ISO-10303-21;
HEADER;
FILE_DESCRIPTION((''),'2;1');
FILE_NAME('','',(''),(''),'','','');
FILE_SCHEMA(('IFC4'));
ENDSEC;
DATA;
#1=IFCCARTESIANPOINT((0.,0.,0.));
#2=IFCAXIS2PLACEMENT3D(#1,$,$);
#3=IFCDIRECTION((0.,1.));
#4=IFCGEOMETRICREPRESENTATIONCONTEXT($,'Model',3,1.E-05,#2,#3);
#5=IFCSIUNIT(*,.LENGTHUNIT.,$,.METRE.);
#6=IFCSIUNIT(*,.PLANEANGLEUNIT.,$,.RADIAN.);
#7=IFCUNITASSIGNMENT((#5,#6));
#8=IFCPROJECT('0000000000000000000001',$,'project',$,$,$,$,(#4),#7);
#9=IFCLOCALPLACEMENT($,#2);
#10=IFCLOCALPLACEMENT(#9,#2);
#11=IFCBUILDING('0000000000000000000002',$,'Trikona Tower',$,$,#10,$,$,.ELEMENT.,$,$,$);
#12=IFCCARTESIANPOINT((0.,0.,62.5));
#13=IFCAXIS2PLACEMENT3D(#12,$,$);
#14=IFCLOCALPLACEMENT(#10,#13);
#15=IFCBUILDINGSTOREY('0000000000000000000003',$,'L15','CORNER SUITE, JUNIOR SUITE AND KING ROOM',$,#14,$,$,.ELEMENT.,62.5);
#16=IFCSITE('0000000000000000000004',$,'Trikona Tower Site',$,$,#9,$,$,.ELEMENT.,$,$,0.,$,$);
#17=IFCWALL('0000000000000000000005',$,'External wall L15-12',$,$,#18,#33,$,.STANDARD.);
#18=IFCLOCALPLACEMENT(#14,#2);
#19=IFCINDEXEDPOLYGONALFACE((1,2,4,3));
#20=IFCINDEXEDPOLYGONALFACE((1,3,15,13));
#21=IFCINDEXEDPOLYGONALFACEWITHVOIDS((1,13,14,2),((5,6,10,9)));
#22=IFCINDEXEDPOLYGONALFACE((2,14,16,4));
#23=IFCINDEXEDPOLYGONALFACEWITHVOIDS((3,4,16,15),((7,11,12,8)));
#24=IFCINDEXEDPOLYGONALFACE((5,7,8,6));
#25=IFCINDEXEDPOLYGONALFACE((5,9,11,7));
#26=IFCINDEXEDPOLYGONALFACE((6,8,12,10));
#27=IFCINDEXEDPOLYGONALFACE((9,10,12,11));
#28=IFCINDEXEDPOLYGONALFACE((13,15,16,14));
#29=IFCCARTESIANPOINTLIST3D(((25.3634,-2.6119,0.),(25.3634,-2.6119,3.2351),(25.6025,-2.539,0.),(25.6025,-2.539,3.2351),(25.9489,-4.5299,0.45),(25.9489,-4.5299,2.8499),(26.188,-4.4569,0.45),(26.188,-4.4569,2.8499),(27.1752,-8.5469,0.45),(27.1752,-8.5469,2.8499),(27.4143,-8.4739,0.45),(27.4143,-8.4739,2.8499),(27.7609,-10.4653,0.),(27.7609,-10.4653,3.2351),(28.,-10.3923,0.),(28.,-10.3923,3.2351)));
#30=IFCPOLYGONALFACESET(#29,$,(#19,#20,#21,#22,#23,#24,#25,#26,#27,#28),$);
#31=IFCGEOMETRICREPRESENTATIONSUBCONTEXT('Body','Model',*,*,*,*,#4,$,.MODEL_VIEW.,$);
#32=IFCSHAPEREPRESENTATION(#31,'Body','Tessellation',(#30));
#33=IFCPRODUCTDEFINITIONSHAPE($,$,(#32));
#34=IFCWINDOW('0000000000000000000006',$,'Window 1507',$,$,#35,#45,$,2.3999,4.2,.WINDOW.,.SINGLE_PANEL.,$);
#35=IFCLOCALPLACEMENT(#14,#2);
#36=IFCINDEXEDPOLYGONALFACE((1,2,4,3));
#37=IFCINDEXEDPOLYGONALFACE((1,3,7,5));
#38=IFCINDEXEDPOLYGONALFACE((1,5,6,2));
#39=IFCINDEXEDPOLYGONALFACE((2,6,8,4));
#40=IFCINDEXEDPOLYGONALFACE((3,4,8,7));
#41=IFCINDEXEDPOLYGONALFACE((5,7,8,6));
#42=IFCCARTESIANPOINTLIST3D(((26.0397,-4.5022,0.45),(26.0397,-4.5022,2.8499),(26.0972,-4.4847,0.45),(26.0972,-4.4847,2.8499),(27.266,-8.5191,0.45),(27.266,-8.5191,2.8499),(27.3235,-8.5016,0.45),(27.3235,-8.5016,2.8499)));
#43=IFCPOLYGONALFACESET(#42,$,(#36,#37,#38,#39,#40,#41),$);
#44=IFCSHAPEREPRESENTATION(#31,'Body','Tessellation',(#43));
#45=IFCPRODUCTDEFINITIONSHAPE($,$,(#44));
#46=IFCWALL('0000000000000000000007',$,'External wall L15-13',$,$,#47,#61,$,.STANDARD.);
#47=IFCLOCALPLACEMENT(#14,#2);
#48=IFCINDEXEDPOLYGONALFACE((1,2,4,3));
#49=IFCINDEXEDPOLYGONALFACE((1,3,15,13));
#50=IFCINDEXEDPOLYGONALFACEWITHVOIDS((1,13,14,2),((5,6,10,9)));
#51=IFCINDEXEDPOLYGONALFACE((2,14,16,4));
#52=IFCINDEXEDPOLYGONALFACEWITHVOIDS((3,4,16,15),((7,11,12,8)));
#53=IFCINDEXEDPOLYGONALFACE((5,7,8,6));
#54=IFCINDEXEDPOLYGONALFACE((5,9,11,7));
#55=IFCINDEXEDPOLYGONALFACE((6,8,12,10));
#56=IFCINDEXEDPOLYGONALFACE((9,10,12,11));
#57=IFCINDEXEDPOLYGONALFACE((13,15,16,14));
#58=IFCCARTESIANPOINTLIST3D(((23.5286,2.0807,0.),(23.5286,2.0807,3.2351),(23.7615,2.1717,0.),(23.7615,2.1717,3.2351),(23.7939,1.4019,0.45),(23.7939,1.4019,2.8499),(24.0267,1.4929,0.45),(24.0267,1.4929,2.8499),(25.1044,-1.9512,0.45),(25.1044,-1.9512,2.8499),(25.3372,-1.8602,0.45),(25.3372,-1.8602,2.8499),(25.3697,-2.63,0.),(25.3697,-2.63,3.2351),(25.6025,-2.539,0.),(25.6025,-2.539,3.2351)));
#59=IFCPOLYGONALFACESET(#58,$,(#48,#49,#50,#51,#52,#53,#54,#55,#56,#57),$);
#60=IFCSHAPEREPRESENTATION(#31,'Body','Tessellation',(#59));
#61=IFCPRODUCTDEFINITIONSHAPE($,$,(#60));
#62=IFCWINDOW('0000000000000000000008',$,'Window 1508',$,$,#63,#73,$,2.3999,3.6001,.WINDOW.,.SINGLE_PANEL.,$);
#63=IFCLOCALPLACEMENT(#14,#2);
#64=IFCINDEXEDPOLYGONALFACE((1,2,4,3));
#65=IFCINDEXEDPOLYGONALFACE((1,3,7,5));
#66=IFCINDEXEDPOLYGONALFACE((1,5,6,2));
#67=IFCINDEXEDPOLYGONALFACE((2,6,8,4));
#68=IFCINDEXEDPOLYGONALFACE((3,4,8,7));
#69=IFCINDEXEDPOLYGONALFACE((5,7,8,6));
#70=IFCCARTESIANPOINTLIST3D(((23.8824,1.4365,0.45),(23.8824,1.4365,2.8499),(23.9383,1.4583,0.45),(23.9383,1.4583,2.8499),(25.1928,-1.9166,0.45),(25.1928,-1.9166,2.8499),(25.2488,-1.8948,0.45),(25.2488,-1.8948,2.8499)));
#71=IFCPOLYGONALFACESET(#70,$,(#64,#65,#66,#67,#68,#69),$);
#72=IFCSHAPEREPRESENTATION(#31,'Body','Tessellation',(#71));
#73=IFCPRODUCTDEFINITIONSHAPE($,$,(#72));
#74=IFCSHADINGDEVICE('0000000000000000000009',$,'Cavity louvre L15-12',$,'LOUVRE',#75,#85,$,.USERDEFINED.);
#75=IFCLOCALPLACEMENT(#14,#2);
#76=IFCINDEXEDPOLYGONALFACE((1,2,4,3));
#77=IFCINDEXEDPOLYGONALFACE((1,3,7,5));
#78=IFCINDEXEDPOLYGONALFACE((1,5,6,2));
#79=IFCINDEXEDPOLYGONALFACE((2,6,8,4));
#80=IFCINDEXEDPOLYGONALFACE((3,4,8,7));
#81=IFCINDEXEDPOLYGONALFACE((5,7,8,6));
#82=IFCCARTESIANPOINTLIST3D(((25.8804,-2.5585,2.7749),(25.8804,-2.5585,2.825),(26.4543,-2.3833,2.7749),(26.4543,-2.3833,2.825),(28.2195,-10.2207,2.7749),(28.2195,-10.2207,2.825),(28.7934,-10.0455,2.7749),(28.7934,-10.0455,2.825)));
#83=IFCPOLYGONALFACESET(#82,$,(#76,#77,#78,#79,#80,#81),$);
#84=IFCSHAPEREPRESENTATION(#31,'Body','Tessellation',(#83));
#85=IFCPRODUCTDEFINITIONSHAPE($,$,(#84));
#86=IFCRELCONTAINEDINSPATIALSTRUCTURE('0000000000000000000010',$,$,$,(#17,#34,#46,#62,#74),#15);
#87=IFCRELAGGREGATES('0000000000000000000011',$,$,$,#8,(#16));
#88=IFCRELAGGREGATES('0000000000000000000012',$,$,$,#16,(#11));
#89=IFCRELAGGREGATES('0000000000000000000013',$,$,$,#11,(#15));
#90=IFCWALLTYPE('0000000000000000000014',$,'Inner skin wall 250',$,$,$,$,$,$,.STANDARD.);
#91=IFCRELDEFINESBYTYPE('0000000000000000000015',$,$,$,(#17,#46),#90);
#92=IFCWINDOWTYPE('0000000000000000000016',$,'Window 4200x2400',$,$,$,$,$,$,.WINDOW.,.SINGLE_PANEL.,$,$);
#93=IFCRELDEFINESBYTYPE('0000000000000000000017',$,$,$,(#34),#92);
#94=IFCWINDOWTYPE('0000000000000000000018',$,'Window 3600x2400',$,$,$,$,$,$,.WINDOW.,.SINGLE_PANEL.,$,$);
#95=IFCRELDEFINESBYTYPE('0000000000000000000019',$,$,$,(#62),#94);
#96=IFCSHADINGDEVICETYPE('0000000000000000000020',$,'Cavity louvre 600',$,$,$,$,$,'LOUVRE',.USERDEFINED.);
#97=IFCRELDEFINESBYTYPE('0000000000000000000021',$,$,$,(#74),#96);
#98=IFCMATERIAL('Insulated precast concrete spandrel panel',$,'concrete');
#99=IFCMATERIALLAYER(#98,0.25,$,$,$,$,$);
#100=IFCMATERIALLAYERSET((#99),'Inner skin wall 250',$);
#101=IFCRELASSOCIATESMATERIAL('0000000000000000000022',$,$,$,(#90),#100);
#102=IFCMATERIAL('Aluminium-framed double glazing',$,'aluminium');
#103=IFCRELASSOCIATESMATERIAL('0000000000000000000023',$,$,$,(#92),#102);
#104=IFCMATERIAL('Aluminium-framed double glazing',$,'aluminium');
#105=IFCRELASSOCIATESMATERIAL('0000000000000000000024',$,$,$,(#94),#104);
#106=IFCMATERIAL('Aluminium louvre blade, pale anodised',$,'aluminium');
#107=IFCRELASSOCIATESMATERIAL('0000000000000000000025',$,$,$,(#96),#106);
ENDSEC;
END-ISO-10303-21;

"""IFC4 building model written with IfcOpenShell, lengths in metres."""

from ifc_helpers import new_model, si_unit, direction, frame, frame_2d, origin, origin_2d, place, context, subcontext, project, spatial, rectangle, extrude, material, layer, layer_set, type_object, element, fill, save


model = new_model("IFC4")

# Units and contexts
model_context = context("Model", 3, precision=1e-05, world=origin(), true_north=direction((0.0, 1.0)))
body_context = subcontext(model_context, "Body", "Model", "MODEL_VIEW")
ifc_project = project(units=[si_unit("LENGTHUNIT", "METRE"), si_unit("PLANEANGLEUNIT", "RADIAN")], contexts=[model_context])

# Site, building, storey
site_placement = place(None, origin())
site = spatial("IfcSite", under=ifc_project, at=site_placement, Name="Trikona Tower Site", CompositionType="ELEMENT", RefElevation=0.0)
building_placement = place(site_placement, origin())
building = spatial("IfcBuilding", under=site, at=building_placement, Name="Trikona Tower", CompositionType="ELEMENT")
storey_placement = place(building_placement, frame((0.0, 0.0, 62.5)))
storey = spatial("IfcBuildingStorey", under=building, at=storey_placement, Name="L15", Description="CORNER SUITE, JUNIOR SUITE AND KING ROOM", CompositionType="ELEMENT", Elevation=62.5)

# Walls, openings, windows
ifc_material_1 = material(Name="Insulated precast concrete spandrel panel", Category="concrete")
ifc_layer_1 = layer(ifc_material_1, 0.25)
ifc_layer_set_1 = layer_set([ifc_layer_1], Name="Inner skin wall 250")
wall_type = type_object("IfcWallType", Name="Inner skin wall 250", PredefinedType="STANDARD", material=ifc_layer_set_1)
wall_1_placement = place(storey_placement, frame((27.8804, -10.4287, 0.0), z_axis=(0.0, 0.0, 1.0), x_axis=(-0.291979, 0.956425, 0.0)))
wall_1 = element("IfcWall", 1, at=wall_1_placement, inside=storey, type_object=wall_type, Name="External wall L15-12", PredefinedType="STANDARD", context=body_context, shape_type="SweptSolid", body=[
    extrude(rectangle(XDim=8.2112, YDim=0.25, at=frame_2d((4.1055, 0.0))), origin(), (0.0, 0.0, 1.0), 3.2351),
])
opening_1_placement = place(wall_1_placement, frame((2.0056, 0.0, 0.45)))
opening_1 = element("IfcOpeningElement", 2, at=opening_1_placement, cuts=wall_1, PredefinedType="OPENING", context=body_context, shape_type="SweptSolid", body=[
    extrude(rectangle(XDim=4.2, YDim=2.3999, at=frame_2d((2.1001, 1.2))), frame((0.0, 0.135, 0.0), z_axis=(0.0, -1.0, 0.0), x_axis=(1.0, 0.0, 0.0)), (0.0, 0.0, 1.0), 0.27),
])
ifc_material_2 = material(Name="Aluminium-framed double glazing", Category="aluminium")
window_type_1 = type_object("IfcWindowType", Name="Window 4200x2400", PartitioningType="SINGLE_PANEL", PredefinedType="WINDOW", material=ifc_material_2)
window_1_placement = place(opening_1_placement, origin())
window_1 = element("IfcWindow", 3, at=window_1_placement, inside=storey, type_object=window_type_1, Name="Window 1507", OverallHeight=2.3999, OverallWidth=4.2, PartitioningType="SINGLE_PANEL", PredefinedType="WINDOW", context=body_context, shape_type="SweptSolid", body=[
    extrude(rectangle(XDim=4.2, YDim=2.3999, at=frame_2d((2.1001, 1.2))), frame((0.0, 0.03, 0.0), z_axis=(0.0, -1.0, 0.0), x_axis=(1.0, 0.0, 0.0)), (0.0, 0.0, 1.0), 0.0601),
])
fill(opening_1, window_1)
wall_2_placement = place(storey_placement, frame((25.4861, -2.5845, 0.0), z_axis=(0.0, 0.0, 1.0), x_axis=(-0.364013, 0.931394, 0.0)))
wall_2 = element("IfcWall", 4, at=wall_2_placement, inside=storey, type_object=wall_type, Name="External wall L15-13", PredefinedType="STANDARD", context=body_context, shape_type="SweptSolid", body=[
    extrude(rectangle(XDim=5.0576, YDim=0.25, at=frame_2d((2.5288, 0.0))), origin(), (0.0, 0.0, 1.0), 3.2351),
])
opening_2_placement = place(wall_2_placement, frame((0.7288, 0.0, 0.45)))
opening_2 = element("IfcOpeningElement", 5, at=opening_2_placement, cuts=wall_2, PredefinedType="OPENING", context=body_context, shape_type="SweptSolid", body=[
    extrude(rectangle(XDim=3.6001, YDim=2.3999, at=frame_2d((1.8, 1.2))), frame((0.0, 0.135, 0.0), z_axis=(0.0, -1.0, 0.0), x_axis=(1.0, 0.0, 0.0)), (0.0, 0.0, 1.0), 0.27),
])
ifc_material_3 = material(Name="Aluminium-framed double glazing", Category="aluminium")
window_type_2 = type_object("IfcWindowType", Name="Window 3600x2400", PartitioningType="SINGLE_PANEL", PredefinedType="WINDOW", material=ifc_material_3)
window_2_placement = place(opening_2_placement, origin())
window_2 = element("IfcWindow", 6, at=window_2_placement, inside=storey, type_object=window_type_2, Name="Window 1508", OverallHeight=2.3999, OverallWidth=3.6001, PartitioningType="SINGLE_PANEL", PredefinedType="WINDOW", context=body_context, shape_type="SweptSolid", body=[
    extrude(rectangle(XDim=3.6001, YDim=2.3999, at=frame_2d((1.8, 1.2))), frame((0.0, 0.03, 0.0), z_axis=(0.0, -1.0, 0.0), x_axis=(1.0, 0.0, 0.0)), (0.0, 0.0, 1.0), 0.0601),
])
fill(opening_2, window_2)

# Shading device
ifc_material_4 = material(Name="Aluminium louvre blade, pale anodised", Category="aluminium")
shading_device_type = type_object("IfcShadingDeviceType", Name="Cavity louvre 600", ElementType="LOUVRE", PredefinedType="USERDEFINED", material=ifc_material_4)
shading_device_placement = place(storey_placement, frame((27.3369, -6.302, 2.7749), z_axis=(0.0, 0.0, 1.0), x_axis=(-0.291979, 0.956425, 0.0)))
element("IfcShadingDevice", 7, at=shading_device_placement, inside=storey, type_object=shading_device_type, Name="Cavity louvre L15-12", ObjectType="LOUVRE", PredefinedType="USERDEFINED", context=body_context, shape_type="SweptSolid", body=[
    extrude(rectangle(XDim=8.0112, YDim=0.6001, at=origin_2d()), origin(), (0.0, 0.0, 1.0), 0.05),
])

save(model, "model.ifc")
